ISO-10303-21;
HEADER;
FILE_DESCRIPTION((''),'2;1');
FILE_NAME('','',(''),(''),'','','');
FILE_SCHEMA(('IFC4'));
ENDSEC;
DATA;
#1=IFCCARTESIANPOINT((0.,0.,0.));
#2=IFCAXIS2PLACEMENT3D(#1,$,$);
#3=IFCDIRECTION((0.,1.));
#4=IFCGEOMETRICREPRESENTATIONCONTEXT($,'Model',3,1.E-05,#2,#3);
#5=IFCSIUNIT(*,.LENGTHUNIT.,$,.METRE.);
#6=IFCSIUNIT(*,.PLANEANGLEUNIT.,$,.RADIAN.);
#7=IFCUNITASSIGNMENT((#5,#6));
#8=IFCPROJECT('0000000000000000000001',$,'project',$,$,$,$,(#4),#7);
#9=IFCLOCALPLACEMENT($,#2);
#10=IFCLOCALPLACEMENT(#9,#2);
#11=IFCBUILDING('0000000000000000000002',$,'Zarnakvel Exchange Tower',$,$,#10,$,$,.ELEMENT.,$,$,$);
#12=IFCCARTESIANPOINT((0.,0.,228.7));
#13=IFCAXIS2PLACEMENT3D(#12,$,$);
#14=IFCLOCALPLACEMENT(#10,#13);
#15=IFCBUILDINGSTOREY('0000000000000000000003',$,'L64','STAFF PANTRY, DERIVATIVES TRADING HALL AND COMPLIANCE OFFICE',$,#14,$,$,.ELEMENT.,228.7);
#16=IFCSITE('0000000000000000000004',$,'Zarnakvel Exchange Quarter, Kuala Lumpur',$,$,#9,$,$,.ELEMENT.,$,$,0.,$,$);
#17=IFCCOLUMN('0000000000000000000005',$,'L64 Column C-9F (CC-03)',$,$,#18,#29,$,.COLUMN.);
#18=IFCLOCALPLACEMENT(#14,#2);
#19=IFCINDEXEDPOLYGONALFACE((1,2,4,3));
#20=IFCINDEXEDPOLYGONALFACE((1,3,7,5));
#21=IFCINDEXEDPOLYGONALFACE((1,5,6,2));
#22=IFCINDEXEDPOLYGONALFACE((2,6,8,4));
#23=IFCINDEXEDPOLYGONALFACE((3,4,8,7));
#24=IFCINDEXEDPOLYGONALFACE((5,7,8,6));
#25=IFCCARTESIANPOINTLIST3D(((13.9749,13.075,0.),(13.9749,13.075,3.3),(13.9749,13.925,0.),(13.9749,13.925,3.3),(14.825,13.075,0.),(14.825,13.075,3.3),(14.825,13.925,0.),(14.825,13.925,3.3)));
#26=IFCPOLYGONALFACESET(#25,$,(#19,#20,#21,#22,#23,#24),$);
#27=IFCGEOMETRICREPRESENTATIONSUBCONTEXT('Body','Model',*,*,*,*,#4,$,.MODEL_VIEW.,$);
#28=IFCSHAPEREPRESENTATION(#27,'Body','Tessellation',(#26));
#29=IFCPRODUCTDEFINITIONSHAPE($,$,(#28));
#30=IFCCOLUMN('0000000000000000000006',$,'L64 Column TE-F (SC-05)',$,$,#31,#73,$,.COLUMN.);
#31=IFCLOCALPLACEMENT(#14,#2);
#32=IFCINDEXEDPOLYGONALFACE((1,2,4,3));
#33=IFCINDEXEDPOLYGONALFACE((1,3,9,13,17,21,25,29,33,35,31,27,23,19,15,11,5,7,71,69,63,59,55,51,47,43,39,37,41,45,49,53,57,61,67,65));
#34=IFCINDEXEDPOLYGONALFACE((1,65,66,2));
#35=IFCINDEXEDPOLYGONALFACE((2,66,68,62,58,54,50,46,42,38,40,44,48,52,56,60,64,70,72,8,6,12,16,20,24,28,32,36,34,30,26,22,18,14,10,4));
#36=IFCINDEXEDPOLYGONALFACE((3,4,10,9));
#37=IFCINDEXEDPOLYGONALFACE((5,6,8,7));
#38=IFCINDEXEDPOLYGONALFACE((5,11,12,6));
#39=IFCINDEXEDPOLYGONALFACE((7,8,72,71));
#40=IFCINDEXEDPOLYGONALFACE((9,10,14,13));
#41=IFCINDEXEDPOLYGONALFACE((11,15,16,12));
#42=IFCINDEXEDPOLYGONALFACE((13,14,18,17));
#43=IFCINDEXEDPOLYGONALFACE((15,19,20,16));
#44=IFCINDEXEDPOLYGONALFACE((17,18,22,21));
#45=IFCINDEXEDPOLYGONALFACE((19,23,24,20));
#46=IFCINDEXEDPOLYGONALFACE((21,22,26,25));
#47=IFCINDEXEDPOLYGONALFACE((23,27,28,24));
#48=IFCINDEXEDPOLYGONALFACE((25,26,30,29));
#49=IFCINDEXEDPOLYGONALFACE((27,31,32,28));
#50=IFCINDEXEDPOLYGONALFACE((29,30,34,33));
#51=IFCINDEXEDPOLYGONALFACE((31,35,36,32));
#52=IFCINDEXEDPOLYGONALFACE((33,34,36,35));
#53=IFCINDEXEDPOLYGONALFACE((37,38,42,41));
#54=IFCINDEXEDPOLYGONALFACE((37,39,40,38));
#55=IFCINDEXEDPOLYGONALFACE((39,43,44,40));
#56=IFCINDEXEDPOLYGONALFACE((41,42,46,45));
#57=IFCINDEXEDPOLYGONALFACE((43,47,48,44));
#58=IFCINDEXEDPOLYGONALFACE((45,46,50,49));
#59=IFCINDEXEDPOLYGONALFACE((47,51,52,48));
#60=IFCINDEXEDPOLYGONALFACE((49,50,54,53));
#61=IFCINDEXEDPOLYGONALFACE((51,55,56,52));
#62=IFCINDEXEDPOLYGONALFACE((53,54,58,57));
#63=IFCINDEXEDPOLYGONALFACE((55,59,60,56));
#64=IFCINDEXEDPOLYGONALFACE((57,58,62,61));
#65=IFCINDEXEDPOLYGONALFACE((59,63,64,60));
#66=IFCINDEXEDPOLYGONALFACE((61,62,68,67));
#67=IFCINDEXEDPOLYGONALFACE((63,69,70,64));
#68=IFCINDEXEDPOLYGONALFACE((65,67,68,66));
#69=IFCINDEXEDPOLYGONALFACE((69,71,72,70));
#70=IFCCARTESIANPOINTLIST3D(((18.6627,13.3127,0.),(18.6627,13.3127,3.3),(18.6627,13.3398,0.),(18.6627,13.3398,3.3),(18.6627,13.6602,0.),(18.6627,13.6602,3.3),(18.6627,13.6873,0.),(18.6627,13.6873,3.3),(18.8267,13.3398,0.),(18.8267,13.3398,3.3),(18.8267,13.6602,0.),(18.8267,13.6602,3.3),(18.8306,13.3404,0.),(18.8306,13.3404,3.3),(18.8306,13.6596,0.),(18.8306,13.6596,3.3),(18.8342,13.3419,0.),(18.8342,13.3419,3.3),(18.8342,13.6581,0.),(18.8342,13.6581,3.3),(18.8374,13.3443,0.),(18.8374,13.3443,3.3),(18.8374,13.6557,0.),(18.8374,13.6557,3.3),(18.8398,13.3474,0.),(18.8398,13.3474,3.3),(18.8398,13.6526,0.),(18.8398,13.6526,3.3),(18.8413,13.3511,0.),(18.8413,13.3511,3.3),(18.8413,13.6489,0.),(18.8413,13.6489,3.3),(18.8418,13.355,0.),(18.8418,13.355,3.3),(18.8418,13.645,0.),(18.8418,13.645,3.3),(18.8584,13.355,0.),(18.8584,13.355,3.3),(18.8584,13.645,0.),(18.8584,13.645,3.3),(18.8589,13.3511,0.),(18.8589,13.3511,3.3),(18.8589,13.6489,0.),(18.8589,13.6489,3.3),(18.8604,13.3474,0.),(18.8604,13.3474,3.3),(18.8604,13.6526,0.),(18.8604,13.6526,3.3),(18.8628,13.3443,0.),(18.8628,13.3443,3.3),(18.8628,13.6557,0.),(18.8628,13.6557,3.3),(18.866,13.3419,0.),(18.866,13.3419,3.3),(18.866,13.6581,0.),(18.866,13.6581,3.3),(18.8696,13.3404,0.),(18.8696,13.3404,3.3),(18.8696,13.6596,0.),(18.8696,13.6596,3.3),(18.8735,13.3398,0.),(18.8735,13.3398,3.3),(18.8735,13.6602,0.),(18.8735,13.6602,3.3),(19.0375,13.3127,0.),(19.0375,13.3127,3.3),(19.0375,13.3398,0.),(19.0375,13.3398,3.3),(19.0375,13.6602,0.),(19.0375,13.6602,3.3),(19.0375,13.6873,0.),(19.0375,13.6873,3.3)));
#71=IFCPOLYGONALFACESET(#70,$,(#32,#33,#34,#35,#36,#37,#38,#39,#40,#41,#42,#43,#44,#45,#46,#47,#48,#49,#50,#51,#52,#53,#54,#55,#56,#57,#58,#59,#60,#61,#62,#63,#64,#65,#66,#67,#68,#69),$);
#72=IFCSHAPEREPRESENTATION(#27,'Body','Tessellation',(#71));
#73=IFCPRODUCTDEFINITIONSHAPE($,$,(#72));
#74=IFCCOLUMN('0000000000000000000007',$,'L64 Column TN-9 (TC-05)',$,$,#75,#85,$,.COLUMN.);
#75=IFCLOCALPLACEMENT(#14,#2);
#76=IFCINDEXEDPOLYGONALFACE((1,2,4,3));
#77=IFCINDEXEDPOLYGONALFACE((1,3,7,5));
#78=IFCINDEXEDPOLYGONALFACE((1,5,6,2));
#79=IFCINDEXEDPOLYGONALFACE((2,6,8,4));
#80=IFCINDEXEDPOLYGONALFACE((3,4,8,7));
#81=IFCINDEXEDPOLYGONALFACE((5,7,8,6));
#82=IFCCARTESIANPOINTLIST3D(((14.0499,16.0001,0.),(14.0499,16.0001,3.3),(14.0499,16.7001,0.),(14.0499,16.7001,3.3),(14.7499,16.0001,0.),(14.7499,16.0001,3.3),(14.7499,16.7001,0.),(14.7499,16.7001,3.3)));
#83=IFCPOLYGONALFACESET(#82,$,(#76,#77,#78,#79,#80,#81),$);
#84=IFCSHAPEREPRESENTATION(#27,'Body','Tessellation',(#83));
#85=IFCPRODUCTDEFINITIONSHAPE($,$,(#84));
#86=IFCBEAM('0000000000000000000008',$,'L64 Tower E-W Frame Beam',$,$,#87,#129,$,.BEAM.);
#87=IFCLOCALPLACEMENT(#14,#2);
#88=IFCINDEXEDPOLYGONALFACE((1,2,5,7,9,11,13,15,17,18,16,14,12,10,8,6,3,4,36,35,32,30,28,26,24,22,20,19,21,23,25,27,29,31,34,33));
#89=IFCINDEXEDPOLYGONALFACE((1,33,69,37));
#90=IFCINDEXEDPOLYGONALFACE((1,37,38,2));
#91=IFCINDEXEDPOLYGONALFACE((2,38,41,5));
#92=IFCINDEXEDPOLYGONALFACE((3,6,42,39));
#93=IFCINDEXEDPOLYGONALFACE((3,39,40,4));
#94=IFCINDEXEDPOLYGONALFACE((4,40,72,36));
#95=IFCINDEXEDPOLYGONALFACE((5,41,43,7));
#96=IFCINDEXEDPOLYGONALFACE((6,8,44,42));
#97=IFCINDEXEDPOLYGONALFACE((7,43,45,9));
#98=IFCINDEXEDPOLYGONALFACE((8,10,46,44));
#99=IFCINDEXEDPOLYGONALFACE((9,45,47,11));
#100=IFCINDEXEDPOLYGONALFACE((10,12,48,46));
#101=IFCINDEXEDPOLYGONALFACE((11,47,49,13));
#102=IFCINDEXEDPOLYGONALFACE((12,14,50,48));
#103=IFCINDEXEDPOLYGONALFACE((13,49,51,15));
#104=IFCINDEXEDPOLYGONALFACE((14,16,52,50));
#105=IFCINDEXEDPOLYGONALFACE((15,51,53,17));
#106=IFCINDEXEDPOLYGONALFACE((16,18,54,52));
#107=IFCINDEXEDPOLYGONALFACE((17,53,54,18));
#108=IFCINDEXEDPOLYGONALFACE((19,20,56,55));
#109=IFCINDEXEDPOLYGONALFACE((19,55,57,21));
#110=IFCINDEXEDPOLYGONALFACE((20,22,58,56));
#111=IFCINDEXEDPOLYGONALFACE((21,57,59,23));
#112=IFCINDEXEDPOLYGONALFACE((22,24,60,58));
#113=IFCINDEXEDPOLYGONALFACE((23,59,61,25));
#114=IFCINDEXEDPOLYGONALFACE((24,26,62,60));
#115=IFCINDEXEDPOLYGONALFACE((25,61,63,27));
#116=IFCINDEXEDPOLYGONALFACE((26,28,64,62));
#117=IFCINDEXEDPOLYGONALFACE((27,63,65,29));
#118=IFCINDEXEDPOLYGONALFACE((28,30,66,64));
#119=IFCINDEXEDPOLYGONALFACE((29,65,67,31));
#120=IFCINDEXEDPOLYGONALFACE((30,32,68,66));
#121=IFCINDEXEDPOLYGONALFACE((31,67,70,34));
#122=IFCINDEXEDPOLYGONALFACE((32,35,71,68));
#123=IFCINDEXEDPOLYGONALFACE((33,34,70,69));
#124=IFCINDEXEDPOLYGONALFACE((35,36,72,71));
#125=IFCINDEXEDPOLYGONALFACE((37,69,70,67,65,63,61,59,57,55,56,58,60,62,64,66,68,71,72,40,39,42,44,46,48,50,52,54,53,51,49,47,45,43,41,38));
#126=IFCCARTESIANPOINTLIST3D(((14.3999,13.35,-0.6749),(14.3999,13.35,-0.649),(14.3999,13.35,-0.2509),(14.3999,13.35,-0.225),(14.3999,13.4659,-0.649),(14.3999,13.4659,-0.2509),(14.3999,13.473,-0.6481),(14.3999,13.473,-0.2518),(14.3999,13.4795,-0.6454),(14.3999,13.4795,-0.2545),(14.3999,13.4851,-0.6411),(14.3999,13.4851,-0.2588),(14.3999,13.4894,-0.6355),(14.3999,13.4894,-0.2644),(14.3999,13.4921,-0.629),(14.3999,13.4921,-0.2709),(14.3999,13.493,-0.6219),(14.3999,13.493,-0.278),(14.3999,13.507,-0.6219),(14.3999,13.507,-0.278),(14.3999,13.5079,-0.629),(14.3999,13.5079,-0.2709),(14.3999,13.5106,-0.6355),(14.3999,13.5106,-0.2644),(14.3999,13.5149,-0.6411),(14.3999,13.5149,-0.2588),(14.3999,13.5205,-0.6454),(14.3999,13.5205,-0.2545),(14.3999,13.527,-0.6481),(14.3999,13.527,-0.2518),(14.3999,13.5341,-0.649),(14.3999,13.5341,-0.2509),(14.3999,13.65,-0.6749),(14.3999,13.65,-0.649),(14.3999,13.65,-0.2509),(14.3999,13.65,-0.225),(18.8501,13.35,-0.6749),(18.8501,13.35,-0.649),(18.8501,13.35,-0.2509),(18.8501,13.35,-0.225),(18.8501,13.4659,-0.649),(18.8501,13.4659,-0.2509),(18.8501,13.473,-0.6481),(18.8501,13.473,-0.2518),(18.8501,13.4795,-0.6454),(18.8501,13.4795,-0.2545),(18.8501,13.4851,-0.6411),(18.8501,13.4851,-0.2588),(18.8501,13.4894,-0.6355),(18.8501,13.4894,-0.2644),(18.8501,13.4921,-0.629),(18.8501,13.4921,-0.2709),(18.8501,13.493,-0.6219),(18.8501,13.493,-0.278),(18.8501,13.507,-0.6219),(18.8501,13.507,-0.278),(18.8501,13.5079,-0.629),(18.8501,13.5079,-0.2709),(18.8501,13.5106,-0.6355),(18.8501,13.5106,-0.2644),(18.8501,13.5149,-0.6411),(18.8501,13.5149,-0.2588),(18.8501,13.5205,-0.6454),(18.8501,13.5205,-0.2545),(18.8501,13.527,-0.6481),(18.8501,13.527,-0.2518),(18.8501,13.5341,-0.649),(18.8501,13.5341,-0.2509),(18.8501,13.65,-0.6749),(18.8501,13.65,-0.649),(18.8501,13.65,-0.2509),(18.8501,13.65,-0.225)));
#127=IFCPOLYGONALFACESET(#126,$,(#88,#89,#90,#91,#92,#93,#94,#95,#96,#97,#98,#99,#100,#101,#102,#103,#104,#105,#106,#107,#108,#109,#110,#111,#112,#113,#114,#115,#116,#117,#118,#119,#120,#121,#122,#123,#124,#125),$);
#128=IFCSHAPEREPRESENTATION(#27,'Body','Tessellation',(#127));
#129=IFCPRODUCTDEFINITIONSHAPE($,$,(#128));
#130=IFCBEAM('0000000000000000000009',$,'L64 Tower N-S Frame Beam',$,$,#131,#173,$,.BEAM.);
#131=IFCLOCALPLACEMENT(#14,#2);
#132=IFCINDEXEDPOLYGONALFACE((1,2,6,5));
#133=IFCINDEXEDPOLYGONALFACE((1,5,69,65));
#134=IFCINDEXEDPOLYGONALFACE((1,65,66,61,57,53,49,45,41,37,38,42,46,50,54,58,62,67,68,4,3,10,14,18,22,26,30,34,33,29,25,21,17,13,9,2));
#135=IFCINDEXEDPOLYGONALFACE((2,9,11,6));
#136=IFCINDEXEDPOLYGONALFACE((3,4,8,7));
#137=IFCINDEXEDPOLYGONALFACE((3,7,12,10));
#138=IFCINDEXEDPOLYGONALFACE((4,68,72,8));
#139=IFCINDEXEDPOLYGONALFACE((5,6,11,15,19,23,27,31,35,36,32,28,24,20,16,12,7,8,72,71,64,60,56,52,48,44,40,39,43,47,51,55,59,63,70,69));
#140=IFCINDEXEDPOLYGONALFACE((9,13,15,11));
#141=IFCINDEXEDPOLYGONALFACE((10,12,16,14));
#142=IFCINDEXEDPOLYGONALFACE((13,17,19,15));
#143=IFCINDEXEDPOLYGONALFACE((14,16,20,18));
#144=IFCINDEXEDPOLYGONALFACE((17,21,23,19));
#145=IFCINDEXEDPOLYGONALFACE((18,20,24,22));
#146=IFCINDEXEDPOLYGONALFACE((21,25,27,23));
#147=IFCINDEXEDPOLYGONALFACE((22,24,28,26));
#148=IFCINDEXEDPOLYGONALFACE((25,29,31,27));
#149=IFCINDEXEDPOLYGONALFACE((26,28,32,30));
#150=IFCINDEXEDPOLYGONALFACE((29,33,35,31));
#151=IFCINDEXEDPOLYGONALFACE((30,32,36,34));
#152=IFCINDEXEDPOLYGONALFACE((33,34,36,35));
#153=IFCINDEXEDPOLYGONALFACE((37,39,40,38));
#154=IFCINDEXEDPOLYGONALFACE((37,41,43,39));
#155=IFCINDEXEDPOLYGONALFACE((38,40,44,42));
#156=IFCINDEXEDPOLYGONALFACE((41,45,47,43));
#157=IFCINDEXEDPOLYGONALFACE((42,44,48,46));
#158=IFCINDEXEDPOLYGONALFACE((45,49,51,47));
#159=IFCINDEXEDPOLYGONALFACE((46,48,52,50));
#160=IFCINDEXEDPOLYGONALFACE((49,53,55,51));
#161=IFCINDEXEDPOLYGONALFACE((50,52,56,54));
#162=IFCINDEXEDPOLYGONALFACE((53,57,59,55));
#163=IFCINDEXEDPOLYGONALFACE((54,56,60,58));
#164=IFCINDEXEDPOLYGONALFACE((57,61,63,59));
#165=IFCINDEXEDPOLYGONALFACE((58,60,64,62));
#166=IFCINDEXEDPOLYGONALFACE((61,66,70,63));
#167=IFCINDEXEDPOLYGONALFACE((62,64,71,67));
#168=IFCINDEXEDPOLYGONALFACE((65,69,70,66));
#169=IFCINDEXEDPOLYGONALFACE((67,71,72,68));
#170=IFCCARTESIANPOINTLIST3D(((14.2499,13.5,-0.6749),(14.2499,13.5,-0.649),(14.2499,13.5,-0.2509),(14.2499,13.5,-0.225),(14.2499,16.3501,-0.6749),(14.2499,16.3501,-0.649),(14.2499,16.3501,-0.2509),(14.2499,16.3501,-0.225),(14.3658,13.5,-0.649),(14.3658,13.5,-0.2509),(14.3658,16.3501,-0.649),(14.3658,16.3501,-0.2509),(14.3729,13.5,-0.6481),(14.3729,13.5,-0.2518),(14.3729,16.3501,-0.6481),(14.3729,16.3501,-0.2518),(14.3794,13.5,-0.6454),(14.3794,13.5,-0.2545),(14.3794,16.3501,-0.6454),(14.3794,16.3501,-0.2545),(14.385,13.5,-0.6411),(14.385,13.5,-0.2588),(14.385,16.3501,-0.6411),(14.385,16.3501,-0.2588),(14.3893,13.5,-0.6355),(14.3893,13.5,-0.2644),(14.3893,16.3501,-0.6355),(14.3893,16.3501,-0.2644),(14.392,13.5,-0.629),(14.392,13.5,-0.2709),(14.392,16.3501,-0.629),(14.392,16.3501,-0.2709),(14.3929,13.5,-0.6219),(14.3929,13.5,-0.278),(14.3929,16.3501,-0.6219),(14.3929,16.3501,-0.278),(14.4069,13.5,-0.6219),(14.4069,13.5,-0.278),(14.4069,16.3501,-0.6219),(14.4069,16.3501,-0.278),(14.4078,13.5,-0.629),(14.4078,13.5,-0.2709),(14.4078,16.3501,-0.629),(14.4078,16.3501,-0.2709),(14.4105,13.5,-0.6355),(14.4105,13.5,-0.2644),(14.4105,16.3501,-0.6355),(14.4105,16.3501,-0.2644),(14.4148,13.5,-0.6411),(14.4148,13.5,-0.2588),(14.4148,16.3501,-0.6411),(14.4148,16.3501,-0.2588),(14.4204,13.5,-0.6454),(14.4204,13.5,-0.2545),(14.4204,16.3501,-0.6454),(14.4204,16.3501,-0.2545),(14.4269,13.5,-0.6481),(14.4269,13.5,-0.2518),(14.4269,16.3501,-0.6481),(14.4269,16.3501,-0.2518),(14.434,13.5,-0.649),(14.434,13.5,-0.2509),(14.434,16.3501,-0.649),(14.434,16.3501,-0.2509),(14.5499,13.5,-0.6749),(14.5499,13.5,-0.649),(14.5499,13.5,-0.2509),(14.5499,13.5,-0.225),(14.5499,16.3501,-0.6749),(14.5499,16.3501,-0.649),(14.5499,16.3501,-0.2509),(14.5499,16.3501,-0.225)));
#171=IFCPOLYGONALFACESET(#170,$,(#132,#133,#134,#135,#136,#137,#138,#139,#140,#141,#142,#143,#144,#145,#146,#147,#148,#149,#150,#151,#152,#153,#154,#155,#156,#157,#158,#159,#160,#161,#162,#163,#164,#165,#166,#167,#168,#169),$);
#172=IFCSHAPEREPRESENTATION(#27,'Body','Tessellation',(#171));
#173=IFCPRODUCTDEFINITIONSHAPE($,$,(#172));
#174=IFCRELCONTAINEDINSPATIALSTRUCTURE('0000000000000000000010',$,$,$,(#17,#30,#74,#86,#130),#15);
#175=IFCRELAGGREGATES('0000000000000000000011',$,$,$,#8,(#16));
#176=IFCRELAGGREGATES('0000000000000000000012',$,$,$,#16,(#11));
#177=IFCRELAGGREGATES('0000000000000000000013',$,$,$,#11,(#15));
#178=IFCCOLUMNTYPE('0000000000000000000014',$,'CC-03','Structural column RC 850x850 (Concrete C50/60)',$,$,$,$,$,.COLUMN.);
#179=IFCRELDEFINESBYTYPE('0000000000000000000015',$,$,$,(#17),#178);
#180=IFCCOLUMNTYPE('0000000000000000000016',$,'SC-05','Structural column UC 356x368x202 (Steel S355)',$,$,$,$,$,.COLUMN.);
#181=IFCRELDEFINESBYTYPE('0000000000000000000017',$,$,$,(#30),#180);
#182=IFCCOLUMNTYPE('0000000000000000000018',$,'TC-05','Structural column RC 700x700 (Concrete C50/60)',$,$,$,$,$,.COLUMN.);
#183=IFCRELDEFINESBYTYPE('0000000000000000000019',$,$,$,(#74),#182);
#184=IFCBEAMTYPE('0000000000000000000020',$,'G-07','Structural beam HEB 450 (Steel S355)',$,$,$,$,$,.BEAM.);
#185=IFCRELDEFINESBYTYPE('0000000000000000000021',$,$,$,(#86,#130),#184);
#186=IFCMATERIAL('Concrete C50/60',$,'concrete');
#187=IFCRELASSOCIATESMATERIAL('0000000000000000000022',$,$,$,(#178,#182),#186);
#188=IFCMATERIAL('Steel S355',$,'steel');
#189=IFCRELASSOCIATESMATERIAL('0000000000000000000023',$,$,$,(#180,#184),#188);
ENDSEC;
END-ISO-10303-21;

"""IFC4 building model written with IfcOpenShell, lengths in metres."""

from ifc_helpers import new_model, si_unit, direction, frame, origin, origin_2d, place, context, subcontext, project, spatial, rectangle, i_section, extrude, material, material_profile, profile_set, type_object, element, save


model = new_model("IFC4")

# Units and contexts
model_context = context("Model", 3, precision=1e-05, world=origin(), true_north=direction((0.0, 1.0)))
body_context = subcontext(model_context, "Body", "Model", "MODEL_VIEW")
ifc_project = project(units=[si_unit("LENGTHUNIT", "METRE"), si_unit("PLANEANGLEUNIT", "RADIAN")], contexts=[model_context])

# Site, building, storey
site_placement = place(None, origin())
site = spatial("IfcSite", under=ifc_project, at=site_placement, Name="Zarnakvel Exchange Quarter, Kuala Lumpur", CompositionType="ELEMENT", RefElevation=0.0)
building_placement = place(site_placement, origin())
building = spatial("IfcBuilding", under=site, at=building_placement, Name="Zarnakvel Exchange Tower", CompositionType="ELEMENT")
storey_placement = place(building_placement, frame((0.0, 0.0, 228.7)))
storey = spatial("IfcBuildingStorey", under=building, at=storey_placement, Name="L64", Description="STAFF PANTRY, DERIVATIVES TRADING HALL AND COMPLIANCE OFFICE", CompositionType="ELEMENT", Elevation=228.7)

# Columns
ifc_material_1 = material(Name="Concrete C50/60", Category="concrete")
ifc_material_profile_1 = material_profile(ifc_material_1, rectangle(XDim=0.8501, YDim=0.8501, at=origin_2d()))
ifc_profile_set_1 = profile_set([ifc_material_profile_1], Name="Concrete C50/60")
column_type_1 = type_object("IfcColumnType", Name="CC-03", Description="Structural column RC 850x850 (Concrete C50/60)", PredefinedType="COLUMN", material=ifc_profile_set_1)
column_1_placement = place(storey_placement, frame((14.3999, 13.5, 0.0), z_axis=(0.0, 0.0, 1.0), x_axis=(1.0, 0.0, 0.0)))
element("IfcColumn", 1, at=column_1_placement, inside=storey, type_object=column_type_1, Name="L64 Column C-9F (CC-03)", PredefinedType="COLUMN", context=body_context, shape_type="SweptSolid", body=[
    extrude(rectangle(XDim=0.8501, YDim=0.8501, at=origin_2d()), origin(), (0.0, 0.0, 1.0), 3.3),
])
ifc_material_2 = material(Name="Steel S355", Category="steel")
ifc_material_profile_2 = material_profile(ifc_material_2, i_section(OverallWidth=0.3748, OverallDepth=0.3745, WebThickness=0.0166, FlangeThickness=0.0271, FilletRadius=0.0151, at=origin_2d()))
ifc_profile_set_2 = profile_set([ifc_material_profile_2], Name="Steel S355")
column_type_2 = type_object("IfcColumnType", Name="SC-05", Description="Structural column UC 356x368x202 (Steel S355)", PredefinedType="COLUMN", material=ifc_profile_set_2)
column_2_placement = place(storey_placement, frame((18.8501, 13.5, 0.0), z_axis=(0.0, 0.0, 1.0), x_axis=(1.0, 0.0, 0.0)))
element("IfcColumn", 2, at=column_2_placement, inside=storey, type_object=column_type_2, Name="L64 Column TE-F (SC-05)", PredefinedType="COLUMN", context=body_context, shape_type="SweptSolid", body=[
    extrude(i_section(OverallWidth=0.3748, OverallDepth=0.3745, WebThickness=0.0166, FlangeThickness=0.0271, FilletRadius=0.0151, at=origin_2d()), origin(), (0.0, 0.0, 1.0), 3.3),
])
ifc_material_profile_3 = material_profile(ifc_material_1, rectangle(XDim=0.7, YDim=0.7, at=origin_2d()))
ifc_profile_set_3 = profile_set([ifc_material_profile_3], Name="Concrete C50/60")
column_type_3 = type_object("IfcColumnType", Name="TC-05", Description="Structural column RC 700x700 (Concrete C50/60)", PredefinedType="COLUMN", material=ifc_profile_set_3)
column_3_placement = place(storey_placement, frame((14.3999, 16.3501, 0.0), z_axis=(0.0, 0.0, 1.0), x_axis=(1.0, 0.0, 0.0)))
element("IfcColumn", 3, at=column_3_placement, inside=storey, type_object=column_type_3, Name="L64 Column TN-9 (TC-05)", PredefinedType="COLUMN", context=body_context, shape_type="SweptSolid", body=[
    extrude(rectangle(XDim=0.7, YDim=0.7, at=origin_2d()), origin(), (0.0, 0.0, 1.0), 3.3),
])

# Beams
ifc_material_profile_4 = material_profile(ifc_material_2, i_section(OverallWidth=0.3, OverallDepth=0.45, WebThickness=0.0139, FlangeThickness=0.0259, FilletRadius=0.0271, at=origin_2d()))
ifc_profile_set_4 = profile_set([ifc_material_profile_4], Name="Steel S355")
beam_type = type_object("IfcBeamType", Name="G-07", Description="Structural beam HEB 450 (Steel S355)", PredefinedType="BEAM", material=ifc_profile_set_4)
beam_1_placement = place(storey_placement, frame((14.3999, 13.5, -0.45), z_axis=(1.0, 0.0, 0.0), x_axis=(0.0, 1.0, 0.0)))
element("IfcBeam", 4, at=beam_1_placement, inside=storey, type_object=beam_type, Name="L64 Tower E-W Frame Beam", PredefinedType="BEAM", context=body_context, shape_type="SweptSolid", body=[
    extrude(i_section(OverallWidth=0.3, OverallDepth=0.45, WebThickness=0.0139, FlangeThickness=0.0259, FilletRadius=0.0271, at=origin_2d()), origin(), (0.0, 0.0, 1.0), 4.4502),
])
beam_2_placement = place(storey_placement, frame((14.3999, 13.5, -0.45), z_axis=(0.0, 1.0, 0.0), x_axis=(-1.0, 0.0, 0.0)))
element("IfcBeam", 5, at=beam_2_placement, inside=storey, type_object=beam_type, Name="L64 Tower N-S Frame Beam", PredefinedType="BEAM", context=body_context, shape_type="SweptSolid", body=[
    extrude(i_section(OverallWidth=0.3, OverallDepth=0.45, WebThickness=0.0139, FlangeThickness=0.0259, FilletRadius=0.0271, at=origin_2d()), origin(), (0.0, 0.0, 1.0), 2.8501),
])

save(model, "model.ifc")
